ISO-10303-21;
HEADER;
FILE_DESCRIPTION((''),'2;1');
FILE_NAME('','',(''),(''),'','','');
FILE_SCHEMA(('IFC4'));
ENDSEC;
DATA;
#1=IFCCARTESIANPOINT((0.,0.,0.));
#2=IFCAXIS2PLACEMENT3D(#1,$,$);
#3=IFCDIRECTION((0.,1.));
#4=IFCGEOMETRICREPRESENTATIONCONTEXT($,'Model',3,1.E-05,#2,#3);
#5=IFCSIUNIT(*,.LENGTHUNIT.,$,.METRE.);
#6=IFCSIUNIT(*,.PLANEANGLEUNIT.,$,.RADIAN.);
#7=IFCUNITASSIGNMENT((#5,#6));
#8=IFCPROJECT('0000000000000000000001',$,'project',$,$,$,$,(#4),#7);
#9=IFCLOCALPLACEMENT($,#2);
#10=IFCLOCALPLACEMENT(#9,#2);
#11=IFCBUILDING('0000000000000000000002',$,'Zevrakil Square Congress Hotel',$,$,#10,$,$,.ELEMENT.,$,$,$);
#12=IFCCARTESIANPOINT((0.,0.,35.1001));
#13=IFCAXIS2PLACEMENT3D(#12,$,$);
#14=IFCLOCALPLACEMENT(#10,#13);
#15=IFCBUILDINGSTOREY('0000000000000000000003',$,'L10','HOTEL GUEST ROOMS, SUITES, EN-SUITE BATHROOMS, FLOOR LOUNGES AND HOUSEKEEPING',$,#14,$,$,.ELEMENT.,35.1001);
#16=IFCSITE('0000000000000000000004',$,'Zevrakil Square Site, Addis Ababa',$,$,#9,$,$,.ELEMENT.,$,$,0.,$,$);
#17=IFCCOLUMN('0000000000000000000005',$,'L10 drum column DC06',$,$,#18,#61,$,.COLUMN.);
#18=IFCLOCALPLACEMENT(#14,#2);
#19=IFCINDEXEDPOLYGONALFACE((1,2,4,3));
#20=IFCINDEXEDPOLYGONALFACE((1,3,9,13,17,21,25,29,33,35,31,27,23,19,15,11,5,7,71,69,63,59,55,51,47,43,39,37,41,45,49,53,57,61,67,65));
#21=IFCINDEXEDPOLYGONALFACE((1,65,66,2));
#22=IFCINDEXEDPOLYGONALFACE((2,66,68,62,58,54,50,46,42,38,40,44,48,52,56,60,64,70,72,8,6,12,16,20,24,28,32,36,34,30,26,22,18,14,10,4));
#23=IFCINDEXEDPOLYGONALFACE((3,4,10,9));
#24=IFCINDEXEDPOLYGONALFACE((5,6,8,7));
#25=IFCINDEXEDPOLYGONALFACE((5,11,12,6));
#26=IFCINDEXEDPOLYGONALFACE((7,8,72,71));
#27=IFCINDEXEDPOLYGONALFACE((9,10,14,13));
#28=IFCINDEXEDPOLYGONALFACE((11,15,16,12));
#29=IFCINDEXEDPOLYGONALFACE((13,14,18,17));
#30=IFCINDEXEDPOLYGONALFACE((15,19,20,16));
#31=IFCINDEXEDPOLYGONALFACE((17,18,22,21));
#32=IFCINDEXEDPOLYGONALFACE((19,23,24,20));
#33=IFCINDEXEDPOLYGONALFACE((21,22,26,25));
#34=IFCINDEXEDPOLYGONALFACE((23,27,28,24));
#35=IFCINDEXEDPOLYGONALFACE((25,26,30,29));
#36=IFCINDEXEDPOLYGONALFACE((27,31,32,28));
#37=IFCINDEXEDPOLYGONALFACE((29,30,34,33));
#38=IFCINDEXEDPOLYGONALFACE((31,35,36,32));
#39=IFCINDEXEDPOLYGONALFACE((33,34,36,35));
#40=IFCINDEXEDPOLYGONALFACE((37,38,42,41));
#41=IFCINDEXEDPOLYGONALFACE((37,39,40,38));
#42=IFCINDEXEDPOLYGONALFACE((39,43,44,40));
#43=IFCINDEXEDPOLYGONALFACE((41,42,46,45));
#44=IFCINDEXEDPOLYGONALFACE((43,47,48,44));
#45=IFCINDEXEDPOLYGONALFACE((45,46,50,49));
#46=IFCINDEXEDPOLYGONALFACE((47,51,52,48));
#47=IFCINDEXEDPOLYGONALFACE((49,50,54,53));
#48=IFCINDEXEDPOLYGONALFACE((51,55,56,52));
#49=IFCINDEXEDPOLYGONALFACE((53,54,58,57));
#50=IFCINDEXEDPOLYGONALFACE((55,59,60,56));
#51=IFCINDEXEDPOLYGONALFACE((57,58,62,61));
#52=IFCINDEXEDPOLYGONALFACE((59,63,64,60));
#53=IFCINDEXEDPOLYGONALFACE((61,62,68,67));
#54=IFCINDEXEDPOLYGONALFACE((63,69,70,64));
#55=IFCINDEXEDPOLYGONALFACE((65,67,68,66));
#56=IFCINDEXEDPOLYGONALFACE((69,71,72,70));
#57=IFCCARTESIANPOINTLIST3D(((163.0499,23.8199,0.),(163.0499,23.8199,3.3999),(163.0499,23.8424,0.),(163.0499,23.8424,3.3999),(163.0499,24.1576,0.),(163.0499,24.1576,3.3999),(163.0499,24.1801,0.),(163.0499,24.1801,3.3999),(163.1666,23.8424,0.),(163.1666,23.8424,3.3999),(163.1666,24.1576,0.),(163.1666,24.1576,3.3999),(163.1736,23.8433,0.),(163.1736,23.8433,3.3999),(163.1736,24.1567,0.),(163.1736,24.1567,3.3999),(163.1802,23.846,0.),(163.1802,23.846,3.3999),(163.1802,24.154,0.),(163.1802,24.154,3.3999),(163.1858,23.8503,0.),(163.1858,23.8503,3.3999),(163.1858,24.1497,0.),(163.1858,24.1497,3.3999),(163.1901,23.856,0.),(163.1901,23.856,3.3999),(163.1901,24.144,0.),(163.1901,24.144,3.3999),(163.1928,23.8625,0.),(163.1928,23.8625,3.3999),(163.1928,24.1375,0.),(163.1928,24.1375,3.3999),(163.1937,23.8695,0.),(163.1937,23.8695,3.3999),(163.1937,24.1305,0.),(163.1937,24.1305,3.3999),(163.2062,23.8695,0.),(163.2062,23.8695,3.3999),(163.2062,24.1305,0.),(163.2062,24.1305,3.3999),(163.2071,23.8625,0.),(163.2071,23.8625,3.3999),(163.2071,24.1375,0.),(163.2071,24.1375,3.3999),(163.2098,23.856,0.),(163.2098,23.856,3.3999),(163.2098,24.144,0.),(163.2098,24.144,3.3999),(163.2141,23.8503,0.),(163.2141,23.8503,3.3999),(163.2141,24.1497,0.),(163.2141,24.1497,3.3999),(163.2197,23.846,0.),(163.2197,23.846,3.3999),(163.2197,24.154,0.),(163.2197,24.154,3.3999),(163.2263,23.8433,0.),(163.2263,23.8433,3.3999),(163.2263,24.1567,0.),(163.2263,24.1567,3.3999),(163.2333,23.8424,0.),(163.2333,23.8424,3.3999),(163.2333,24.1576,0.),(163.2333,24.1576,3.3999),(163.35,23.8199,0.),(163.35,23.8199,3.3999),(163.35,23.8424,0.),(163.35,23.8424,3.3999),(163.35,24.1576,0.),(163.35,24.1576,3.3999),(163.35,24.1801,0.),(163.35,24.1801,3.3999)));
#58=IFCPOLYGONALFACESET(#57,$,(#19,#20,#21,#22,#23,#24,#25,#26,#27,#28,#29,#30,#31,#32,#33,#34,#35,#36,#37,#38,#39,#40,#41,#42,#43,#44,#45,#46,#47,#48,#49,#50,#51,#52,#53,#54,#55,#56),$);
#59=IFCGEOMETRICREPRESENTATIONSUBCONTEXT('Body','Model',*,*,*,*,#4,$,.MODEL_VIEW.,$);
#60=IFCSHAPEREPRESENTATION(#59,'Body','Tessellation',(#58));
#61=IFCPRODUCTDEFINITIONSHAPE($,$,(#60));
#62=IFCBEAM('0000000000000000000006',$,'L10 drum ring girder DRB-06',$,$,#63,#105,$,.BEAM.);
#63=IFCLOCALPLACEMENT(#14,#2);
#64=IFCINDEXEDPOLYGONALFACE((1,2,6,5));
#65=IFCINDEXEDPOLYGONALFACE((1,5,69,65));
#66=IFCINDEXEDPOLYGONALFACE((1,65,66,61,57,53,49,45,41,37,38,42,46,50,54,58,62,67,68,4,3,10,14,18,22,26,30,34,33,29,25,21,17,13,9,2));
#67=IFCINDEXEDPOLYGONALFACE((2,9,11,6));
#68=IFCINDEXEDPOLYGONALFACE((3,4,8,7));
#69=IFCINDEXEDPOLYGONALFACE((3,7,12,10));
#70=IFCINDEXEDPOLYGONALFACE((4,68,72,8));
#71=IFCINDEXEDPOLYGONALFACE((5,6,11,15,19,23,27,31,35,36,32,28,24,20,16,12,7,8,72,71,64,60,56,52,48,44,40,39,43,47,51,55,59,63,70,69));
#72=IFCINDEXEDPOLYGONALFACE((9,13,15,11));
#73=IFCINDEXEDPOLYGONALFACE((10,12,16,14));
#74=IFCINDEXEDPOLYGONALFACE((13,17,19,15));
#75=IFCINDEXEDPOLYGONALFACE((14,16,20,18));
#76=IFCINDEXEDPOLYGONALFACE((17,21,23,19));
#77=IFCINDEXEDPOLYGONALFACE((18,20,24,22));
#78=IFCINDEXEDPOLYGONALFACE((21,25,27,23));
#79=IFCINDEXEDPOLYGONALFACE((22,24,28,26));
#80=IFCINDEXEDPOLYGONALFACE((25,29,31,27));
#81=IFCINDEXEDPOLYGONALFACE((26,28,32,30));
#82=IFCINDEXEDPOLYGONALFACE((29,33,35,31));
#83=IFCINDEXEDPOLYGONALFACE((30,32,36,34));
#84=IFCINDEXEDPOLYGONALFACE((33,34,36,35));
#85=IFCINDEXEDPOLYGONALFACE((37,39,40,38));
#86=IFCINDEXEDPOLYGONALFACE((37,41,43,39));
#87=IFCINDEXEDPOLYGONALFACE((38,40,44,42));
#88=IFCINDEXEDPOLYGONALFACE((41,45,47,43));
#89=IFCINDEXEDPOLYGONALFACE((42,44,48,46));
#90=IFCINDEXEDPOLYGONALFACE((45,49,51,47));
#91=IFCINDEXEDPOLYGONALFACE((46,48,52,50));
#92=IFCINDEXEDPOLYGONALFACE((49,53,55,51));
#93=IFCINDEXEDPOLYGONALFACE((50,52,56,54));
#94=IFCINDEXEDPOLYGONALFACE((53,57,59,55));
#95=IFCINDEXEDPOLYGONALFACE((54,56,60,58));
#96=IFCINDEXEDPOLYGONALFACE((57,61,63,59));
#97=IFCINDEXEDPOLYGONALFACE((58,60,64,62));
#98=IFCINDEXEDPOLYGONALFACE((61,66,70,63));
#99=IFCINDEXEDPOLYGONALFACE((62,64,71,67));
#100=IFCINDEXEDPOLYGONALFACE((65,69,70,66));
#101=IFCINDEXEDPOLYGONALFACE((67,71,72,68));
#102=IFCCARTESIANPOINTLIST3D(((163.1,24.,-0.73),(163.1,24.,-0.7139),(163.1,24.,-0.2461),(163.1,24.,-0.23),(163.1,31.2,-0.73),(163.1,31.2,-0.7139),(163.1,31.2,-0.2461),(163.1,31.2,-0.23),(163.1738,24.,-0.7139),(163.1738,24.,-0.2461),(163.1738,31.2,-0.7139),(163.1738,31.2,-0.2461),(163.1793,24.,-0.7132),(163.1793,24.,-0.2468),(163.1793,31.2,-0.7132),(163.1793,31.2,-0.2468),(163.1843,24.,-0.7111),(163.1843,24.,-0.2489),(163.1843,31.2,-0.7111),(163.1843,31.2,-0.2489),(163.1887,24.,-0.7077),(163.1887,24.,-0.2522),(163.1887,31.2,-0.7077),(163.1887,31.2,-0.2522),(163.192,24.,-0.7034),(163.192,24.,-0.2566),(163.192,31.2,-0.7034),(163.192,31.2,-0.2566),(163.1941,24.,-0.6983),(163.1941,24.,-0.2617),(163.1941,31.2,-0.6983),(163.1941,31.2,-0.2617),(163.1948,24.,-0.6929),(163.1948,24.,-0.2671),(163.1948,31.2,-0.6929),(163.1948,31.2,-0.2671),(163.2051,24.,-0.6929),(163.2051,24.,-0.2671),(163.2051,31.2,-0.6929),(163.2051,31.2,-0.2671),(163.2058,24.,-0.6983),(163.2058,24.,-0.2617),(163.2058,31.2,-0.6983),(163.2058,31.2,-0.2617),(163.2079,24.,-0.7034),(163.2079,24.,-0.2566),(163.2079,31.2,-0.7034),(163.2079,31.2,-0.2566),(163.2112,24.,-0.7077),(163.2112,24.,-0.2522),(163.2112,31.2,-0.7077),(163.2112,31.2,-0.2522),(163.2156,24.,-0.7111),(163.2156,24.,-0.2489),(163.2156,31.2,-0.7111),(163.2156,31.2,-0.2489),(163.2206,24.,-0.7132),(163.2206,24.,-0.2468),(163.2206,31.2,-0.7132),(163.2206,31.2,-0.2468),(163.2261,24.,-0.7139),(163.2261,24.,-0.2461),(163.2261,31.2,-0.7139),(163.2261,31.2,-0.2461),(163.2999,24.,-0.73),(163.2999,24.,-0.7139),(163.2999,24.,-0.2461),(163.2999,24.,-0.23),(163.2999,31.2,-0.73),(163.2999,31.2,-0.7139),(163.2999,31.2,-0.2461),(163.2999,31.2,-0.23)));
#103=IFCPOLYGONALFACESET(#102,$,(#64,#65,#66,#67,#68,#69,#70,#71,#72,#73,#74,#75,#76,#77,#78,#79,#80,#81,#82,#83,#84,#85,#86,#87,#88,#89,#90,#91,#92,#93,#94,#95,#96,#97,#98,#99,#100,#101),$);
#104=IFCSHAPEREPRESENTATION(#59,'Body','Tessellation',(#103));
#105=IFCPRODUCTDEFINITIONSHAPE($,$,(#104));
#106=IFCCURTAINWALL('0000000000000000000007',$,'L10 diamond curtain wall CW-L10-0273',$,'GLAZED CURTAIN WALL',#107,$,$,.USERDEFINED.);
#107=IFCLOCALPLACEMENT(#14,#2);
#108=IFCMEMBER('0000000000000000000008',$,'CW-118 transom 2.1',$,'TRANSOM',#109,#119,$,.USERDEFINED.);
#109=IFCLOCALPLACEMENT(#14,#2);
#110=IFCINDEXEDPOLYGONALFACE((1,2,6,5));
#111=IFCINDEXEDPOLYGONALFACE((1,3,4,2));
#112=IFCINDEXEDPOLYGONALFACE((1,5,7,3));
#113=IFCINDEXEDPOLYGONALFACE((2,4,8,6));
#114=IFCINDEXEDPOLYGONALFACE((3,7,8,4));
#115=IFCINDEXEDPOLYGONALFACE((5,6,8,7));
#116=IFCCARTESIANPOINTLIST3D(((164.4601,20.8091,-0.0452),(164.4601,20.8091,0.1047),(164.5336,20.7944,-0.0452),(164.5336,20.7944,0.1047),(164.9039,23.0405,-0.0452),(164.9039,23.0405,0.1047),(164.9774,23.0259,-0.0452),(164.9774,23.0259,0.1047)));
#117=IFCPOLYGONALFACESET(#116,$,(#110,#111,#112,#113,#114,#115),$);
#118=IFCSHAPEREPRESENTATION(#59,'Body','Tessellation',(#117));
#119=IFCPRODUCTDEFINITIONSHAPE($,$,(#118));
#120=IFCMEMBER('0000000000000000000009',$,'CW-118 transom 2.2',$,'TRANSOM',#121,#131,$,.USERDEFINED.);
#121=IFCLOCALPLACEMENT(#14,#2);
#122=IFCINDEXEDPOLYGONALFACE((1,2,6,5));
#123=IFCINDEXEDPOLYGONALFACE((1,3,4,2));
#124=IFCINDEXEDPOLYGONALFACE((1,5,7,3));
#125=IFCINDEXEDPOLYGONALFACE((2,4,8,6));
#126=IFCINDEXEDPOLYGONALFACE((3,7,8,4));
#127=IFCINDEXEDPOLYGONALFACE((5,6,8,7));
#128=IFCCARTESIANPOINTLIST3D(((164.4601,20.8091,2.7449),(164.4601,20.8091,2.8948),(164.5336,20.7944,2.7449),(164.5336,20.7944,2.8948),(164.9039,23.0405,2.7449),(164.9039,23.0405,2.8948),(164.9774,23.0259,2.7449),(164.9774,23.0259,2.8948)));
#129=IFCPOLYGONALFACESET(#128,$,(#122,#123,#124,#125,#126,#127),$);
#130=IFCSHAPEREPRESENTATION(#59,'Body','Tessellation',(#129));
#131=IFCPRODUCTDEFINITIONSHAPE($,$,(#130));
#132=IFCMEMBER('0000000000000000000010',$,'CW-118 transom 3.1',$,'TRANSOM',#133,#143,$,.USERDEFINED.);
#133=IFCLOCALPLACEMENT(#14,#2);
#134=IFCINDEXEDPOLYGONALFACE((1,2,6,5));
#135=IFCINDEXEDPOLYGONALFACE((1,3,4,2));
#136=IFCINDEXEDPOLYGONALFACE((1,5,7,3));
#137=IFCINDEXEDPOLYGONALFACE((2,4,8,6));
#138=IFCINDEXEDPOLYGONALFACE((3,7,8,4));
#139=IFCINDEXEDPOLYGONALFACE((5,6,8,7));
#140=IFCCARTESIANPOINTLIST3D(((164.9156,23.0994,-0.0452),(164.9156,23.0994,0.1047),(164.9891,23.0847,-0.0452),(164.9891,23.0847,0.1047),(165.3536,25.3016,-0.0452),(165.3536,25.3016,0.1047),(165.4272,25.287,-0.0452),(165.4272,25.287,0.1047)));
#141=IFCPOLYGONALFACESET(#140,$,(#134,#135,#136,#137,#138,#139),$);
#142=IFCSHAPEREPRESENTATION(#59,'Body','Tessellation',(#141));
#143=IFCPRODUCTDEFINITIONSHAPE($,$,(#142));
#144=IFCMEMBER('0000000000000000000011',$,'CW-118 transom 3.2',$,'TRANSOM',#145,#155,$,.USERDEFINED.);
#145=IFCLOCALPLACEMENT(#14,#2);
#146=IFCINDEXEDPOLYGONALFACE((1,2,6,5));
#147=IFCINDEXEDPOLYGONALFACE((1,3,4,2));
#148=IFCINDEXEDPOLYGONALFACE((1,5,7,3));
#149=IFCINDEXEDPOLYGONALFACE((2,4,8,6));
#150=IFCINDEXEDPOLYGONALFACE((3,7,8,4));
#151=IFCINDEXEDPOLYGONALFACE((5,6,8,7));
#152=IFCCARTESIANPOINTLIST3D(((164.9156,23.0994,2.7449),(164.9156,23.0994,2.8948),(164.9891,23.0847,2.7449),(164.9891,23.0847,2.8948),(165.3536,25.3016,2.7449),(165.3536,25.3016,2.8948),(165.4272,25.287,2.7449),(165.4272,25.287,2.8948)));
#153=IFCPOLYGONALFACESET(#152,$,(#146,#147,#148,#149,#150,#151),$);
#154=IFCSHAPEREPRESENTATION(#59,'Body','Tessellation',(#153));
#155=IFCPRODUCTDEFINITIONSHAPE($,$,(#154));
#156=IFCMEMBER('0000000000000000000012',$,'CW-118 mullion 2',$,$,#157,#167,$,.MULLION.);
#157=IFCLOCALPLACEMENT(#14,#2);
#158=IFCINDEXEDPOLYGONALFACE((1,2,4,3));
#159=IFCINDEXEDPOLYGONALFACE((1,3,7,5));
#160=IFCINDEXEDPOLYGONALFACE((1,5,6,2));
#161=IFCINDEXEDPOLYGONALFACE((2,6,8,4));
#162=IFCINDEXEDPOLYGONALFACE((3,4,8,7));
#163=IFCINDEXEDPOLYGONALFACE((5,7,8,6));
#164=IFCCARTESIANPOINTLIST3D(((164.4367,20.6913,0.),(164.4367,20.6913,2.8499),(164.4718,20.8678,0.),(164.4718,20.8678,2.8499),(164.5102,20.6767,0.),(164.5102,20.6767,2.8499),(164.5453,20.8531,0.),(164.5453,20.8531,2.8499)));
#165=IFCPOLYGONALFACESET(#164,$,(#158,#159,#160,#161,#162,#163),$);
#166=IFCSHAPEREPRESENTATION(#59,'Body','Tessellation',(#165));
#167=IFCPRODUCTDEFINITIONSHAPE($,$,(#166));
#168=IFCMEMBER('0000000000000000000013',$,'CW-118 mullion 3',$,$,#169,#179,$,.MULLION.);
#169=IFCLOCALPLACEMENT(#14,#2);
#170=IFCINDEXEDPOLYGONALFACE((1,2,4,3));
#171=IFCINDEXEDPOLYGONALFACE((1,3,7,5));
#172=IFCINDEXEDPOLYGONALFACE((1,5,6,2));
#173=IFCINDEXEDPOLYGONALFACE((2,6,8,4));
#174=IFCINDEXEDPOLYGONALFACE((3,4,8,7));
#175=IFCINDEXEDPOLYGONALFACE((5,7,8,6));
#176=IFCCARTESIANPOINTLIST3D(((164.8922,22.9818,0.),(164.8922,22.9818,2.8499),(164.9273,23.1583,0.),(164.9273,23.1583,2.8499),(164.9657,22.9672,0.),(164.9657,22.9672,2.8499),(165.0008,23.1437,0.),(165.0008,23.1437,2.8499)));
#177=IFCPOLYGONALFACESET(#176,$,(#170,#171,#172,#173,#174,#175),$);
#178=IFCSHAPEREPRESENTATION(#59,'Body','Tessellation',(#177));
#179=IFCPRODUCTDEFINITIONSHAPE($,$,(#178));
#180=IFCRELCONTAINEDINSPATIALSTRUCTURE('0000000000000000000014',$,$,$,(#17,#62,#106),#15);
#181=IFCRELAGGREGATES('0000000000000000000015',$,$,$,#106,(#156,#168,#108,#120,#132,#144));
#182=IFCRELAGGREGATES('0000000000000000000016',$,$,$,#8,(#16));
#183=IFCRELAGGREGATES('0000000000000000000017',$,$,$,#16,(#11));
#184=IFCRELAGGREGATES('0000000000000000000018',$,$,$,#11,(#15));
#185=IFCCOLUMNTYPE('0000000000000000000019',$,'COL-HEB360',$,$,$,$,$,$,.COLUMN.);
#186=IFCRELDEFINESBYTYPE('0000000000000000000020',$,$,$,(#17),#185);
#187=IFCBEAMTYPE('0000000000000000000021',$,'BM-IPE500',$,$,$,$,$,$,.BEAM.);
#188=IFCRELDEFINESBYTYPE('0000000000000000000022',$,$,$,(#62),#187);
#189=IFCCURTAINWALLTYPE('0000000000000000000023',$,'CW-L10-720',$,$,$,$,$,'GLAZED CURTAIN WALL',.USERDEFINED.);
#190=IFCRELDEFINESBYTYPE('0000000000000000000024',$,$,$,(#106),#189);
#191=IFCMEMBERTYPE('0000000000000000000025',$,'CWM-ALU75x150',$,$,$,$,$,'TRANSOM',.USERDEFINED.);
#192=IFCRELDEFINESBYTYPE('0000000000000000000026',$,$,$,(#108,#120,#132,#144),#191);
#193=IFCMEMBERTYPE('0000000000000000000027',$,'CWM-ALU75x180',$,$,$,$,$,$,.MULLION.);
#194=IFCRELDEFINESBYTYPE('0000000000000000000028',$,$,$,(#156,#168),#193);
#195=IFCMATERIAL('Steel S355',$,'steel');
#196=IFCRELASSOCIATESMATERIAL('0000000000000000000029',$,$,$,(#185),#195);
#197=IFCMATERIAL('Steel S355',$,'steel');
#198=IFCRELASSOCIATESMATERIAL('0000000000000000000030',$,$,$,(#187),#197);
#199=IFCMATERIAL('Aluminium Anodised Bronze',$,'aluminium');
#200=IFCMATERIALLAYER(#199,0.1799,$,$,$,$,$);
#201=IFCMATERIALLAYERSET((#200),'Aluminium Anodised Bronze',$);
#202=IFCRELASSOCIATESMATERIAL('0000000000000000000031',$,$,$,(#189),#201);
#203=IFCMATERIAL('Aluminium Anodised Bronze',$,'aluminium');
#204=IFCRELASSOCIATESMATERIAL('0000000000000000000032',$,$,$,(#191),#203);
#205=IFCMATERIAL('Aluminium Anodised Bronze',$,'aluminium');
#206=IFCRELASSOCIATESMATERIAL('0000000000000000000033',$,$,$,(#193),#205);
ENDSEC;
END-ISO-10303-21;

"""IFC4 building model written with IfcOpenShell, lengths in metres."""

from ifc_helpers import new_model, si_unit, direction, frame, origin, origin_2d, place, context, subcontext, project, spatial, rectangle, i_section, extrude, material, layer, layer_set, material_profile, profile_set, type_object, element, aggregate, save


model = new_model("IFC4")

# Units and contexts
model_context = context("Model", 3, precision=1e-05, world=origin(), true_north=direction((0.0, 1.0)))
body_context = subcontext(model_context, "Body", "Model", "MODEL_VIEW")
ifc_project = project(units=[si_unit("LENGTHUNIT", "METRE"), si_unit("PLANEANGLEUNIT", "RADIAN")], contexts=[model_context])

# Site, building, storey
site_placement = place(None, origin())
site = spatial("IfcSite", under=ifc_project, at=site_placement, Name="Zevrakil Square Site, Addis Ababa", CompositionType="ELEMENT", RefElevation=0.0)
building_placement = place(site_placement, origin())
building = spatial("IfcBuilding", under=site, at=building_placement, Name="Zevrakil Square Congress Hotel", CompositionType="ELEMENT")
storey_placement = place(building_placement, frame((0.0, 0.0, 35.1001)))
storey = spatial("IfcBuildingStorey", under=building, at=storey_placement, Name="L10", Description="HOTEL GUEST ROOMS, SUITES, EN-SUITE BATHROOMS, FLOOR LOUNGES AND HOUSEKEEPING", CompositionType="ELEMENT", Elevation=35.1001)

# Column
ifc_material_1 = material(Name="Steel S355", Category="steel")
ifc_material_profile_1 = material_profile(ifc_material_1, i_section(OverallWidth=0.3, OverallDepth=0.3601, WebThickness=0.0125, FlangeThickness=0.0225, FilletRadius=0.0271, at=origin_2d()), Name="HEB 360")
ifc_profile_set_1 = profile_set([ifc_material_profile_1], Name="Steel S355")
column_type = type_object("IfcColumnType", Name="COL-HEB360", PredefinedType="COLUMN", material=ifc_profile_set_1)
column_placement = place(storey_placement, frame((163.2, 24.0, 0.0), z_axis=(0.0, 0.0, 1.0), x_axis=(1.0, 0.0, 0.0)))
element("IfcColumn", 1, at=column_placement, inside=storey, type_object=column_type, Name="L10 drum column DC06", PredefinedType="COLUMN", context=body_context, shape_type="SweptSolid", body=[
    extrude(i_section(OverallWidth=0.3, OverallDepth=0.3601, WebThickness=0.0125, FlangeThickness=0.0225, FilletRadius=0.0271, at=origin_2d()), origin(), (0.0, 0.0, 1.0), 3.3999),
])

# Beam
ifc_material_2 = material(Name="Steel S355", Category="steel")
ifc_material_profile_2 = material_profile(ifc_material_2, i_section(OverallWidth=0.2, OverallDepth=0.5, WebThickness=0.0103, FlangeThickness=0.0161, FilletRadius=0.021, at=origin_2d()), Name="IPE 500")
ifc_profile_set_2 = profile_set([ifc_material_profile_2], Name="Steel S355")
beam_type = type_object("IfcBeamType", Name="BM-IPE500", PredefinedType="BEAM", material=ifc_profile_set_2)
beam_placement = place(storey_placement, frame((163.2, 24.0, -0.48), z_axis=(0.0, 1.0, 0.0), x_axis=(-1.0, 0.0, 0.0)))
element("IfcBeam", 2, at=beam_placement, inside=storey, type_object=beam_type, Name="L10 drum ring girder DRB-06", PredefinedType="BEAM", context=body_context, shape_type="SweptSolid", body=[
    extrude(i_section(OverallWidth=0.2, OverallDepth=0.5, WebThickness=0.0103, FlangeThickness=0.0161, FilletRadius=0.021, at=origin_2d()), origin(), (0.0, 0.0, 1.0), 7.2),
])

# Curtain wall, members
ifc_material_3 = material(Name="Aluminium Anodised Bronze", Category="aluminium")
ifc_layer_1 = layer(ifc_material_3, 0.1799)
ifc_layer_set_1 = layer_set([ifc_layer_1], Name="Aluminium Anodised Bronze")
curtain_wall_type = type_object("IfcCurtainWallType", Name="CW-L10-720", ElementType="GLAZED CURTAIN WALL", PredefinedType="USERDEFINED", material=ifc_layer_set_1)
curtain_wall_placement = place(storey_placement, origin())
curtain_wall = element("IfcCurtainWall", 3, at=curtain_wall_placement, inside=storey, type_object=curtain_wall_type, Name="L10 diamond curtain wall CW-L10-0273", ObjectType="GLAZED CURTAIN WALL", PredefinedType="USERDEFINED")
ifc_material_4 = material(Name="Aluminium Anodised Bronze", Category="aluminium")
ifc_material_profile_3 = material_profile(ifc_material_4, rectangle(XDim=0.075, YDim=0.1499, at=origin_2d()), Name="ALU 75x150")
ifc_profile_set_3 = profile_set([ifc_material_profile_3], Name="Aluminium Anodised Bronze")
member_type_1 = type_object("IfcMemberType", Name="CWM-ALU75x150", ElementType="TRANSOM", PredefinedType="USERDEFINED", material=ifc_profile_set_3)
member_1_placement = place(storey_placement, frame((164.4968, 20.8018, 0.0298), z_axis=(0.195084, 0.980786, 0.0), x_axis=(-0.980786, 0.195084, 0.0)))
member_1 = element("IfcMember", 4, at=member_1_placement, type_object=member_type_1, Name="CW-118 transom 2.1", ObjectType="TRANSOM", PredefinedType="USERDEFINED", context=body_context, shape_type="SweptSolid", body=[
    extrude(rectangle(XDim=0.075, YDim=0.1499, at=origin_2d()), origin(), (0.0, 0.0, 1.0), 2.2751),
])
member_2_placement = place(storey_placement, frame((164.4968, 20.8018, 2.8198), z_axis=(0.195084, 0.980786, 0.0), x_axis=(-0.980786, 0.195084, 0.0)))
member_2 = element("IfcMember", 5, at=member_2_placement, type_object=member_type_1, Name="CW-118 transom 2.2", ObjectType="TRANSOM", PredefinedType="USERDEFINED", context=body_context, shape_type="SweptSolid", body=[
    extrude(rectangle(XDim=0.075, YDim=0.1499, at=origin_2d()), origin(), (0.0, 0.0, 1.0), 2.2751),
])
member_3_placement = place(storey_placement, frame((164.9524, 23.092, 0.0298), z_axis=(0.19507, 0.980789, 0.0), x_axis=(-0.980789, 0.19507, 0.0)))
member_3 = element("IfcMember", 6, at=member_3_placement, type_object=member_type_1, Name="CW-118 transom 3.1", ObjectType="TRANSOM", PredefinedType="USERDEFINED", context=body_context, shape_type="SweptSolid", body=[
    extrude(rectangle(XDim=0.075, YDim=0.1499, at=origin_2d()), origin(), (0.0, 0.0, 1.0), 2.2454),
])
member_4_placement = place(storey_placement, frame((164.9524, 23.092, 2.8198), z_axis=(0.19507, 0.980789, 0.0), x_axis=(-0.980789, 0.19507, 0.0)))
member_4 = element("IfcMember", 7, at=member_4_placement, type_object=member_type_1, Name="CW-118 transom 3.2", ObjectType="TRANSOM", PredefinedType="USERDEFINED", context=body_context, shape_type="SweptSolid", body=[
    extrude(rectangle(XDim=0.075, YDim=0.1499, at=origin_2d()), origin(), (0.0, 0.0, 1.0), 2.2454),
])
ifc_material_5 = material(Name="Aluminium Anodised Bronze", Category="aluminium")
ifc_material_profile_4 = material_profile(ifc_material_5, rectangle(XDim=0.075, YDim=0.1799, at=origin_2d()), Name="ALU 75x180")
ifc_profile_set_4 = profile_set([ifc_material_profile_4], Name="Aluminium Anodised Bronze")
member_type_2 = type_object("IfcMemberType", Name="CWM-ALU75x180", PredefinedType="MULLION", material=ifc_profile_set_4)
member_5_placement = place(storey_placement, frame((164.491, 20.7722, 0.0), z_axis=(0.0, 0.0, 1.0), x_axis=(-0.980787, 0.195084, 0.0)))
member_5 = element("IfcMember", 8, at=member_5_placement, type_object=member_type_2, Name="CW-118 mullion 2", PredefinedType="MULLION", context=body_context, shape_type="SweptSolid", body=[
    extrude(rectangle(XDim=0.075, YDim=0.1799, at=origin_2d()), origin(), (0.0, 0.0, 1.0), 2.8499),
])
member_6_placement = place(storey_placement, frame((164.9465, 23.0627, 0.0), z_axis=(0.0, 0.0, 1.0), x_axis=(-0.980787, 0.195084, 0.0)))
member_6 = element("IfcMember", 9, at=member_6_placement, type_object=member_type_2, Name="CW-118 mullion 3", PredefinedType="MULLION", context=body_context, shape_type="SweptSolid", body=[
    extrude(rectangle(XDim=0.075, YDim=0.1799, at=origin_2d()), origin(), (0.0, 0.0, 1.0), 2.8499),
])
aggregate(curtain_wall, [member_5, member_6, member_1, member_2, member_3, member_4])

save(model, "model.ifc")
